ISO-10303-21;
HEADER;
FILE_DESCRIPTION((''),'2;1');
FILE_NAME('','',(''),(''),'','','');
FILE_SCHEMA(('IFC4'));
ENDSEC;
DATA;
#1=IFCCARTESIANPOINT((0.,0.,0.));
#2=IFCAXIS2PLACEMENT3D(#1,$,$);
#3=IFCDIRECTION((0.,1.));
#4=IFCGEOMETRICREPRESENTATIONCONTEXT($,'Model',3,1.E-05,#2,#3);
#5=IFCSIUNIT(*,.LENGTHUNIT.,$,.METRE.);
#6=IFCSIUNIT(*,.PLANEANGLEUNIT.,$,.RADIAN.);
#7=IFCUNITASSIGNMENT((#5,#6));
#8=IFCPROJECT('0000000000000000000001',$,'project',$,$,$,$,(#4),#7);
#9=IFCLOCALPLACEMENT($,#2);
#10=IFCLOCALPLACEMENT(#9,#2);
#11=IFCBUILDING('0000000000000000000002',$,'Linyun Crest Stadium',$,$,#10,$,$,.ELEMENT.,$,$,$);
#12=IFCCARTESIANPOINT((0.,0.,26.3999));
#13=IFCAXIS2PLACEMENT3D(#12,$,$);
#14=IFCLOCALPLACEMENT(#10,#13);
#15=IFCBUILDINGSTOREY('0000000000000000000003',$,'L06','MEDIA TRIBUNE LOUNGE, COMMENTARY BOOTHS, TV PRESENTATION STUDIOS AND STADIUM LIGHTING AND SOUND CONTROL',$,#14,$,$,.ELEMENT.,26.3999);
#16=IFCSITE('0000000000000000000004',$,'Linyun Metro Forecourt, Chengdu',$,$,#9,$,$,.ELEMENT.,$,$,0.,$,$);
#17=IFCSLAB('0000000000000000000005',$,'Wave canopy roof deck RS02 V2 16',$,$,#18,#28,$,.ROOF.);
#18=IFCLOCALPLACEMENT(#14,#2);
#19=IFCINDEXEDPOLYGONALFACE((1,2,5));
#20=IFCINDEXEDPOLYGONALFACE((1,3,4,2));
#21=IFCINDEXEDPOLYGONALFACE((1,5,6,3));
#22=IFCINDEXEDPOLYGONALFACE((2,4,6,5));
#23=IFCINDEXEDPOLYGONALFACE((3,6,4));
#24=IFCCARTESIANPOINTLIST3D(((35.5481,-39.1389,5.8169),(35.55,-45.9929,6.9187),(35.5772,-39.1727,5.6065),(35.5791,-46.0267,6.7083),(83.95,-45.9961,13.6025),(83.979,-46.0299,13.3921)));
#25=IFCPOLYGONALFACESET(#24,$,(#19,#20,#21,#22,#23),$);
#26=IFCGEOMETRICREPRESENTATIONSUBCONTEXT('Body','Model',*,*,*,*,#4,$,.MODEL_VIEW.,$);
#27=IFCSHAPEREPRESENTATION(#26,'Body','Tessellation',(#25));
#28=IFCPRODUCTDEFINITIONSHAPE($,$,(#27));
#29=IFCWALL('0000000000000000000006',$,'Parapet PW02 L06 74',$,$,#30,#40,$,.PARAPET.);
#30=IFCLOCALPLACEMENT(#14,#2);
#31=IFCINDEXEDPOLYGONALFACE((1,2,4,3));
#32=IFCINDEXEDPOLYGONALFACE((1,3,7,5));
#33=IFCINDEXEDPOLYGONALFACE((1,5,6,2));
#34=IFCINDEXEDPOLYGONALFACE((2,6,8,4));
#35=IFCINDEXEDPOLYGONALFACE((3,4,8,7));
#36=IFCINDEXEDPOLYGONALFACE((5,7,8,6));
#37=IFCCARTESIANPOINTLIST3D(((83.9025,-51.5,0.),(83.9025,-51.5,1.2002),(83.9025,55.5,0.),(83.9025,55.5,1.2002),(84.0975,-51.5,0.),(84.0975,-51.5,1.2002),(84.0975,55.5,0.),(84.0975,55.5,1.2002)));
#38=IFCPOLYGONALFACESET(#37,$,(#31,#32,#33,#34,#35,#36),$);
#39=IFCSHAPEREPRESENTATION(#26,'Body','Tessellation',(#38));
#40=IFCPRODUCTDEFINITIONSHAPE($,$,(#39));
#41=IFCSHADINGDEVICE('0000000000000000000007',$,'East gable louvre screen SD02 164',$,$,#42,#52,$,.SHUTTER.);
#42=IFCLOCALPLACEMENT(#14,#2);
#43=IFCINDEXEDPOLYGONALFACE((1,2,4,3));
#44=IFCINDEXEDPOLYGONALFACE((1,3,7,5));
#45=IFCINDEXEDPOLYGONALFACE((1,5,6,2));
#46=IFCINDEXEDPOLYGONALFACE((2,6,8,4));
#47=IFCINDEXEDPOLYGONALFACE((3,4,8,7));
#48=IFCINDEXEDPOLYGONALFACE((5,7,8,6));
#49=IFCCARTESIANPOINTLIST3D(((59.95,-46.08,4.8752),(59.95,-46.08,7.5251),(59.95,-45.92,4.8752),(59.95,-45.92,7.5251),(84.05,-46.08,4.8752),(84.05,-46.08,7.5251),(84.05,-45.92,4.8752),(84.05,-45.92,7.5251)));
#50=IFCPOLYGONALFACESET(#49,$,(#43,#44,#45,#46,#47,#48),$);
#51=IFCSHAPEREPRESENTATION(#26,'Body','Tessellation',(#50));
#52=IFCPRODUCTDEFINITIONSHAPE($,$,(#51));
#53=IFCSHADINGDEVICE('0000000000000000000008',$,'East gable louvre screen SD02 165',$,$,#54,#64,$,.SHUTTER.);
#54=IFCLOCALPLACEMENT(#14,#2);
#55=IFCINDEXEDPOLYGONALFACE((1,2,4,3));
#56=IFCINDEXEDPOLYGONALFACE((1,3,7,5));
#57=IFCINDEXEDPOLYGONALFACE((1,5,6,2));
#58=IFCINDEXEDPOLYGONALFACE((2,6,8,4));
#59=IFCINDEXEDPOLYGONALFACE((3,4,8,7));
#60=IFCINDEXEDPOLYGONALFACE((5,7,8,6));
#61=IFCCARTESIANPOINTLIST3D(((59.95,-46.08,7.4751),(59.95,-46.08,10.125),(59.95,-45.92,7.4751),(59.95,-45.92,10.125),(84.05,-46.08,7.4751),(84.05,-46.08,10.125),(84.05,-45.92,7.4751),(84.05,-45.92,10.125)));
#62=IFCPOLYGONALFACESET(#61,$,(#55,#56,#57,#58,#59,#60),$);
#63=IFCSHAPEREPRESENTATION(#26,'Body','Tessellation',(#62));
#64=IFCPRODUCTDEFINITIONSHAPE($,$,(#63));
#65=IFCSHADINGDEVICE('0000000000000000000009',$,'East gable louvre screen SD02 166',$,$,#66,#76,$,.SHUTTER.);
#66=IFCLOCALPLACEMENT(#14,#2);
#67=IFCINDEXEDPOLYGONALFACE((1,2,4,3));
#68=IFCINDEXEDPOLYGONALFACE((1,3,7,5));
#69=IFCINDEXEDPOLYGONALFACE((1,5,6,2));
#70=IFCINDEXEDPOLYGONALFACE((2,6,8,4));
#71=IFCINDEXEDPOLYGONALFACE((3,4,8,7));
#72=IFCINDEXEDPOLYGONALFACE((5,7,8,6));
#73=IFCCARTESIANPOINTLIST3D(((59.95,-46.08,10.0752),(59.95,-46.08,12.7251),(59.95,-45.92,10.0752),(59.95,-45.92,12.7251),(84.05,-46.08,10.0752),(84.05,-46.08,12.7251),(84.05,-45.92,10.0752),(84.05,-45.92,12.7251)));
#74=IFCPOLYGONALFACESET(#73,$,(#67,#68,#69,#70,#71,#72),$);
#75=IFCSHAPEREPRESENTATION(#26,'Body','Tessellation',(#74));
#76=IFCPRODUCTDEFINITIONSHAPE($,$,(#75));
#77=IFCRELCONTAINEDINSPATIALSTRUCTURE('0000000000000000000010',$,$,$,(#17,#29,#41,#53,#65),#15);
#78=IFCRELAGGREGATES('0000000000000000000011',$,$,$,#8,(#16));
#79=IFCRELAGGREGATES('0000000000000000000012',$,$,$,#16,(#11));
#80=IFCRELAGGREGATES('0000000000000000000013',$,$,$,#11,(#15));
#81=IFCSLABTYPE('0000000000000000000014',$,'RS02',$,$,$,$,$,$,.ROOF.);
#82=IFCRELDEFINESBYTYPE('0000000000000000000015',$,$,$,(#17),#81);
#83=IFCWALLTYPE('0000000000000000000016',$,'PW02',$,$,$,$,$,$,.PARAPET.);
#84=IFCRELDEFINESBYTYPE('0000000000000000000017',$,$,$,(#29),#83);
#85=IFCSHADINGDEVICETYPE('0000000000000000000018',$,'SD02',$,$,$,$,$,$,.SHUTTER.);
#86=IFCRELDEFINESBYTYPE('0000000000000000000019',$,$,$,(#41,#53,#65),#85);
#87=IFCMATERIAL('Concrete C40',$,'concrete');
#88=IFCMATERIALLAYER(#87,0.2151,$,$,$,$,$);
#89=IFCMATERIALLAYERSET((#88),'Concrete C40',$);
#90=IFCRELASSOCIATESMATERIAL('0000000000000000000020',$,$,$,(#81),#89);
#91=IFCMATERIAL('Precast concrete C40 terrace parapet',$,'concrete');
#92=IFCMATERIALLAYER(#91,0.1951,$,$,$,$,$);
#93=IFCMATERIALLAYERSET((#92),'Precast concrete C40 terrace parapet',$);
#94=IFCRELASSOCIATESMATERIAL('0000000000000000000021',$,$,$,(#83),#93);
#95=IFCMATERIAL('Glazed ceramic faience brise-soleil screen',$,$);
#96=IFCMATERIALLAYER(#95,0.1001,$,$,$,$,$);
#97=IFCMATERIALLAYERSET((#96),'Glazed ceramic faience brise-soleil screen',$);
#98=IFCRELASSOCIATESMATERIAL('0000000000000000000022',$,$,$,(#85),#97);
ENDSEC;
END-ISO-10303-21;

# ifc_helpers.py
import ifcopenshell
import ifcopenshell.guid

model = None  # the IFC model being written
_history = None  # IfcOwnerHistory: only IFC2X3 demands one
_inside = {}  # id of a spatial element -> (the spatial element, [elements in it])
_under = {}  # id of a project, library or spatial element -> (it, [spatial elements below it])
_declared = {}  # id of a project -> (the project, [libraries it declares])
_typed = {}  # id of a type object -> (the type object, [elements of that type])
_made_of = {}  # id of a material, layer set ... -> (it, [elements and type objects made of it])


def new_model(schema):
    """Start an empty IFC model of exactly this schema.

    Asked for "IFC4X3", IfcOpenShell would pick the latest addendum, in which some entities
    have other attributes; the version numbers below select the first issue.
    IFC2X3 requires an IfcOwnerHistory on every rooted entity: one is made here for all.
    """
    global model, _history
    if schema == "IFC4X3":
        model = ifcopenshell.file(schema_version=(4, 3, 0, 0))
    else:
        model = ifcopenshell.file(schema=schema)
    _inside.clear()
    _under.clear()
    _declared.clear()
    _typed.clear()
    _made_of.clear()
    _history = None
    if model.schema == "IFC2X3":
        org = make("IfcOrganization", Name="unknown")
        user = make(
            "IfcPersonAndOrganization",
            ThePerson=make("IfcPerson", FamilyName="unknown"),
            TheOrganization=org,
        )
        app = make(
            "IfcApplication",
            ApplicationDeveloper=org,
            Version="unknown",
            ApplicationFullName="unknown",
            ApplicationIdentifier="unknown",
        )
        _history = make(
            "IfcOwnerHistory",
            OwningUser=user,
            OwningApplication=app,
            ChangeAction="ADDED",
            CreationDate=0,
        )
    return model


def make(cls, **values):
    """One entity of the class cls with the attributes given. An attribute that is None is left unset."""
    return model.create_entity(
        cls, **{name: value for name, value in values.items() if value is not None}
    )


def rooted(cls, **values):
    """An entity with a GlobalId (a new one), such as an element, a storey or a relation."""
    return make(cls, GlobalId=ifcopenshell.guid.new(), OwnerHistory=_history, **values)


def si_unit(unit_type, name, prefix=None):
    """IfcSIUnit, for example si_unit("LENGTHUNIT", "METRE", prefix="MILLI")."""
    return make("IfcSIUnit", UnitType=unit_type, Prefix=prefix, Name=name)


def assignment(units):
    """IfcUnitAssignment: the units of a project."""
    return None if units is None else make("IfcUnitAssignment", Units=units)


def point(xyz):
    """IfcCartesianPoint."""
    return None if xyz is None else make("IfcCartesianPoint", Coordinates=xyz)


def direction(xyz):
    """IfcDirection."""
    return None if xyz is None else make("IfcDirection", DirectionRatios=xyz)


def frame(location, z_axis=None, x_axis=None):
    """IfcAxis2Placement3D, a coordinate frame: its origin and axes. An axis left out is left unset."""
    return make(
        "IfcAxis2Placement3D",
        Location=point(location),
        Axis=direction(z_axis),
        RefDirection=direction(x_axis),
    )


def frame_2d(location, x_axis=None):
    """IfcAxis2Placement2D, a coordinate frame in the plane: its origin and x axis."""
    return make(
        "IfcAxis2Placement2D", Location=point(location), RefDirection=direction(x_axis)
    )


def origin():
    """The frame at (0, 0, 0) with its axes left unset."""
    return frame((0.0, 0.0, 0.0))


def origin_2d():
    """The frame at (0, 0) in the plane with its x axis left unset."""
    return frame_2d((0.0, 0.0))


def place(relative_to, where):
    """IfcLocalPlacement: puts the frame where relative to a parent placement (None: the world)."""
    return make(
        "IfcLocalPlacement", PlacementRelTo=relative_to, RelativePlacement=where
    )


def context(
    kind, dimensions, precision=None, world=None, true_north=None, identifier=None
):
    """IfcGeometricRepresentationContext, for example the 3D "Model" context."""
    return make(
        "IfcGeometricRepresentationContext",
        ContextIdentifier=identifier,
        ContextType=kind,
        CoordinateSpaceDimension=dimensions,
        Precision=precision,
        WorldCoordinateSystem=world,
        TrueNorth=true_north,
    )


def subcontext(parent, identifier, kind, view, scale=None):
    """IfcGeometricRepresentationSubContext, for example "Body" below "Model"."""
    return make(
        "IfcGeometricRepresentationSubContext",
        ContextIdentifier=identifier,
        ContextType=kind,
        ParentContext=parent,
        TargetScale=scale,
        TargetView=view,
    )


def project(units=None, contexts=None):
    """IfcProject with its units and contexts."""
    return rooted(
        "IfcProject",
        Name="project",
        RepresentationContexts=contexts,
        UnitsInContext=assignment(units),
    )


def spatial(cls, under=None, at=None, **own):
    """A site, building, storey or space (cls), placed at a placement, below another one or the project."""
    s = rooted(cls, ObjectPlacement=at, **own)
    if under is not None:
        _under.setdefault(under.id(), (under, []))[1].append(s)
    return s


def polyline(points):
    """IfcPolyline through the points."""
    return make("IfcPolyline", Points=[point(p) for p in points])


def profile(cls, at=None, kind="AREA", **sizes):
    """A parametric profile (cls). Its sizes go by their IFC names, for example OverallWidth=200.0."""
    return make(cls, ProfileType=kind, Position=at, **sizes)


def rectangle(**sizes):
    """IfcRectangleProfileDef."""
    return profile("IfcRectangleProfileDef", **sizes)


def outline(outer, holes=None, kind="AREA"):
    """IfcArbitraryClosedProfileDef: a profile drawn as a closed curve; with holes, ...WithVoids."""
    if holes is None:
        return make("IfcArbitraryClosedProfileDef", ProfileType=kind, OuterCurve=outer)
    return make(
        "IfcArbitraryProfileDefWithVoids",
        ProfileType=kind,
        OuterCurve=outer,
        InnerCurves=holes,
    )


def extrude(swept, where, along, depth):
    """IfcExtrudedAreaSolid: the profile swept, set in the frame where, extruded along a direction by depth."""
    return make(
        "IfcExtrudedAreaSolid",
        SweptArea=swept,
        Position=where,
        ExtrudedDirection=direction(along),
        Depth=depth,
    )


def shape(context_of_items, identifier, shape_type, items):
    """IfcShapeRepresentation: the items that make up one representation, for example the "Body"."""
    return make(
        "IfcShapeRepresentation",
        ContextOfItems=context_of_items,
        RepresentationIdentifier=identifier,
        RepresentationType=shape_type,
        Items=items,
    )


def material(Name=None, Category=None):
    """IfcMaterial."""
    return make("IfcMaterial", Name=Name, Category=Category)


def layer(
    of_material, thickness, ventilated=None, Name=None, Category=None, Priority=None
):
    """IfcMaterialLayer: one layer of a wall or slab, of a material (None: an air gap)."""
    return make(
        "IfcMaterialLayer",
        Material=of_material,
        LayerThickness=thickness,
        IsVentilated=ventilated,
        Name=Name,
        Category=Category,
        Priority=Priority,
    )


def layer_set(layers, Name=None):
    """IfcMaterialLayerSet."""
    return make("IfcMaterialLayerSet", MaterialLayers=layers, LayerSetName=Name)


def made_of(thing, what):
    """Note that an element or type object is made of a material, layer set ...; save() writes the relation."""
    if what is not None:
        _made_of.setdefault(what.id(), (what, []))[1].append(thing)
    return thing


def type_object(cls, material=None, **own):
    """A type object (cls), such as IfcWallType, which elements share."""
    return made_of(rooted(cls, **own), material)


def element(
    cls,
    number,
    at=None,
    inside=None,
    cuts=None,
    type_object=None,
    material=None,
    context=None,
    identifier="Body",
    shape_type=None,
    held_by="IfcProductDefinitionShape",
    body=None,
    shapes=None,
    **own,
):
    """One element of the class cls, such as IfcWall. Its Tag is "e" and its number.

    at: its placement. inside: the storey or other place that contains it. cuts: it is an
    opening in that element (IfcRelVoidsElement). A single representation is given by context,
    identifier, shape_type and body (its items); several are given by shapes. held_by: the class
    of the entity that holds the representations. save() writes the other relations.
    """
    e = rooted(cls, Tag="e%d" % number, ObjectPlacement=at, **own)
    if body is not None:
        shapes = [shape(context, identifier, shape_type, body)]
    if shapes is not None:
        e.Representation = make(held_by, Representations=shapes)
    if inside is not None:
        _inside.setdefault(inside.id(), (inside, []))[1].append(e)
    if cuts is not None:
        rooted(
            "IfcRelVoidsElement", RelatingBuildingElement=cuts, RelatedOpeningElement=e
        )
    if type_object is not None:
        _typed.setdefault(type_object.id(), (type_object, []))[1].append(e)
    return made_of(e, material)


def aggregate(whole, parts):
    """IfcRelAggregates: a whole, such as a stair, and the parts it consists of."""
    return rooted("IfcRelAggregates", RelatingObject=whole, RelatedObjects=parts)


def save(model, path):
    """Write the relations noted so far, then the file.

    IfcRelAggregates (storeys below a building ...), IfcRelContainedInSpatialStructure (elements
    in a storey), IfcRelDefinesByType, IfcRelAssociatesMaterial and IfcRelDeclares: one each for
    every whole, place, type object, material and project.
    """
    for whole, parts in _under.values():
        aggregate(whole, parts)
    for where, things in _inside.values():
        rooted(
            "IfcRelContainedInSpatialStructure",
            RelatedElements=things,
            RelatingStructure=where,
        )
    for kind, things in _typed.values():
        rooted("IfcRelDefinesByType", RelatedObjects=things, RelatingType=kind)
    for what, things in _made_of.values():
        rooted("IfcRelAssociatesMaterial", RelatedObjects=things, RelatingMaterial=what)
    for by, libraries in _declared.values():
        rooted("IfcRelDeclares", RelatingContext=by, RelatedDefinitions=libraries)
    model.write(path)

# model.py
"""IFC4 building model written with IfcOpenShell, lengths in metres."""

from ifc_helpers import new_model, si_unit, direction, frame, frame_2d, origin, origin_2d, place, context, subcontext, project, spatial, polyline, rectangle, outline, extrude, material, layer, layer_set, type_object, element, save


model = new_model("IFC4")

# Units and contexts
model_context = context("Model", 3, precision=1e-05, world=origin(), true_north=direction((0.0, 1.0)))
body_context = subcontext(model_context, "Body", "Model", "MODEL_VIEW")
ifc_project = project(units=[si_unit("LENGTHUNIT", "METRE"), si_unit("PLANEANGLEUNIT", "RADIAN")], contexts=[model_context])

# Site, building, storey
site_placement = place(None, origin())
site = spatial("IfcSite", under=ifc_project, at=site_placement, Name="Linyun Metro Forecourt, Chengdu", CompositionType="ELEMENT", RefElevation=0.0)
building_placement = place(site_placement, origin())
building = spatial("IfcBuilding", under=site, at=building_placement, Name="Linyun Crest Stadium", CompositionType="ELEMENT")
storey_placement = place(building_placement, frame((0.0, 0.0, 26.3999)))
storey = spatial("IfcBuildingStorey", under=building, at=storey_placement, Name="L06", Description="MEDIA TRIBUNE LOUNGE, COMMENTARY BOOTHS, TV PRESENTATION STUDIOS AND STADIUM LIGHTING AND SOUND CONTROL", CompositionType="ELEMENT", Elevation=26.3999)

# Slab
ifc_material_1 = material(Name="Concrete C40", Category="concrete")
ifc_layer_1 = layer(ifc_material_1, 0.2151)
ifc_layer_set_1 = layer_set([ifc_layer_1], Name="Concrete C40")
slab_type_1 = type_object("IfcSlabType", Name="RS02", PredefinedType="ROOF", material=ifc_layer_set_1)
slab_1_placement = place(storey_placement, frame((83.95, -45.9961, 13.6025), z_axis=(-0.135086, 0.157224, 0.97828), x_axis=(-0.97779, 0.138525, -0.157282)))
element("IfcSlab", 1, at=slab_1_placement, inside=storey, type_object=slab_type_1, Name="Wave canopy roof deck RS02 V2 16", PredefinedType="ROOF", context=body_context, shape_type="SweptSolid", body=[
    extrude(outline(polyline([(0.0, 0.0), (49.5013, 0.0), (48.3766, 6.8503), (0.0, 0.0)])), origin(), (0.0, 0.0, -1.0), 0.2151),
])

# Wall
ifc_material_2 = material(Name="Precast concrete C40 terrace parapet", Category="concrete")
ifc_layer_2 = layer(ifc_material_2, 0.1951)
ifc_layer_set_2 = layer_set([ifc_layer_2], Name="Precast concrete C40 terrace parapet")
wall_type = type_object("IfcWallType", Name="PW02", PredefinedType="PARAPET", material=ifc_layer_set_2)
wall_placement = place(storey_placement, frame((84.0, -51.5, 0.0), z_axis=(0.0, 0.0, 1.0), x_axis=(0.0, 1.0, 0.0)))
element("IfcWall", 2, at=wall_placement, inside=storey, type_object=wall_type, Name="Parapet PW02 L06 74", PredefinedType="PARAPET", context=body_context, shape_type="SweptSolid", body=[
    extrude(rectangle(XDim=107.0, YDim=0.1951, at=frame_2d((53.5, 0.0))), origin(), (0.0, 0.0, 1.0), 1.2002),
])

# Shading devices
ifc_material_3 = material(Name="Glazed ceramic faience brise-soleil screen")
ifc_layer_3 = layer(ifc_material_3, 0.1001)
ifc_layer_set_3 = layer_set([ifc_layer_3], Name="Glazed ceramic faience brise-soleil screen")
shading_device_type = type_object("IfcShadingDeviceType", Name="SD02", PredefinedType="SHUTTER", material=ifc_layer_set_3)
for number, where, z_axis, x_axis, name in (
    (3, (72.0, -46.0, 4.8752), (0.0, 0.0, 1.0), (1.0, 0.0, 0.0), "East gable louvre screen SD02 164"),
    (4, (72.0, -46.0, 7.4751), (0.0, 0.0, 1.0), (1.0, 0.0, 0.0), "East gable louvre screen SD02 165"),
    (5, (72.0, -46.0, 10.0752), (0.0, 0.0, 1.0), (1.0, 0.0, 0.0), "East gable louvre screen SD02 166"),
):
    element("IfcShadingDevice", number, at=place(storey_placement, frame(where, z_axis=z_axis, x_axis=x_axis)), inside=storey, type_object=shading_device_type, Name=name, PredefinedType="SHUTTER", context=body_context, shape_type="SweptSolid", body=[
        extrude(rectangle(XDim=24.1001, YDim=0.1599, at=origin_2d()), origin(), (0.0, 0.0, 1.0), 2.6499),
    ])

save(model, "model.ifc")
